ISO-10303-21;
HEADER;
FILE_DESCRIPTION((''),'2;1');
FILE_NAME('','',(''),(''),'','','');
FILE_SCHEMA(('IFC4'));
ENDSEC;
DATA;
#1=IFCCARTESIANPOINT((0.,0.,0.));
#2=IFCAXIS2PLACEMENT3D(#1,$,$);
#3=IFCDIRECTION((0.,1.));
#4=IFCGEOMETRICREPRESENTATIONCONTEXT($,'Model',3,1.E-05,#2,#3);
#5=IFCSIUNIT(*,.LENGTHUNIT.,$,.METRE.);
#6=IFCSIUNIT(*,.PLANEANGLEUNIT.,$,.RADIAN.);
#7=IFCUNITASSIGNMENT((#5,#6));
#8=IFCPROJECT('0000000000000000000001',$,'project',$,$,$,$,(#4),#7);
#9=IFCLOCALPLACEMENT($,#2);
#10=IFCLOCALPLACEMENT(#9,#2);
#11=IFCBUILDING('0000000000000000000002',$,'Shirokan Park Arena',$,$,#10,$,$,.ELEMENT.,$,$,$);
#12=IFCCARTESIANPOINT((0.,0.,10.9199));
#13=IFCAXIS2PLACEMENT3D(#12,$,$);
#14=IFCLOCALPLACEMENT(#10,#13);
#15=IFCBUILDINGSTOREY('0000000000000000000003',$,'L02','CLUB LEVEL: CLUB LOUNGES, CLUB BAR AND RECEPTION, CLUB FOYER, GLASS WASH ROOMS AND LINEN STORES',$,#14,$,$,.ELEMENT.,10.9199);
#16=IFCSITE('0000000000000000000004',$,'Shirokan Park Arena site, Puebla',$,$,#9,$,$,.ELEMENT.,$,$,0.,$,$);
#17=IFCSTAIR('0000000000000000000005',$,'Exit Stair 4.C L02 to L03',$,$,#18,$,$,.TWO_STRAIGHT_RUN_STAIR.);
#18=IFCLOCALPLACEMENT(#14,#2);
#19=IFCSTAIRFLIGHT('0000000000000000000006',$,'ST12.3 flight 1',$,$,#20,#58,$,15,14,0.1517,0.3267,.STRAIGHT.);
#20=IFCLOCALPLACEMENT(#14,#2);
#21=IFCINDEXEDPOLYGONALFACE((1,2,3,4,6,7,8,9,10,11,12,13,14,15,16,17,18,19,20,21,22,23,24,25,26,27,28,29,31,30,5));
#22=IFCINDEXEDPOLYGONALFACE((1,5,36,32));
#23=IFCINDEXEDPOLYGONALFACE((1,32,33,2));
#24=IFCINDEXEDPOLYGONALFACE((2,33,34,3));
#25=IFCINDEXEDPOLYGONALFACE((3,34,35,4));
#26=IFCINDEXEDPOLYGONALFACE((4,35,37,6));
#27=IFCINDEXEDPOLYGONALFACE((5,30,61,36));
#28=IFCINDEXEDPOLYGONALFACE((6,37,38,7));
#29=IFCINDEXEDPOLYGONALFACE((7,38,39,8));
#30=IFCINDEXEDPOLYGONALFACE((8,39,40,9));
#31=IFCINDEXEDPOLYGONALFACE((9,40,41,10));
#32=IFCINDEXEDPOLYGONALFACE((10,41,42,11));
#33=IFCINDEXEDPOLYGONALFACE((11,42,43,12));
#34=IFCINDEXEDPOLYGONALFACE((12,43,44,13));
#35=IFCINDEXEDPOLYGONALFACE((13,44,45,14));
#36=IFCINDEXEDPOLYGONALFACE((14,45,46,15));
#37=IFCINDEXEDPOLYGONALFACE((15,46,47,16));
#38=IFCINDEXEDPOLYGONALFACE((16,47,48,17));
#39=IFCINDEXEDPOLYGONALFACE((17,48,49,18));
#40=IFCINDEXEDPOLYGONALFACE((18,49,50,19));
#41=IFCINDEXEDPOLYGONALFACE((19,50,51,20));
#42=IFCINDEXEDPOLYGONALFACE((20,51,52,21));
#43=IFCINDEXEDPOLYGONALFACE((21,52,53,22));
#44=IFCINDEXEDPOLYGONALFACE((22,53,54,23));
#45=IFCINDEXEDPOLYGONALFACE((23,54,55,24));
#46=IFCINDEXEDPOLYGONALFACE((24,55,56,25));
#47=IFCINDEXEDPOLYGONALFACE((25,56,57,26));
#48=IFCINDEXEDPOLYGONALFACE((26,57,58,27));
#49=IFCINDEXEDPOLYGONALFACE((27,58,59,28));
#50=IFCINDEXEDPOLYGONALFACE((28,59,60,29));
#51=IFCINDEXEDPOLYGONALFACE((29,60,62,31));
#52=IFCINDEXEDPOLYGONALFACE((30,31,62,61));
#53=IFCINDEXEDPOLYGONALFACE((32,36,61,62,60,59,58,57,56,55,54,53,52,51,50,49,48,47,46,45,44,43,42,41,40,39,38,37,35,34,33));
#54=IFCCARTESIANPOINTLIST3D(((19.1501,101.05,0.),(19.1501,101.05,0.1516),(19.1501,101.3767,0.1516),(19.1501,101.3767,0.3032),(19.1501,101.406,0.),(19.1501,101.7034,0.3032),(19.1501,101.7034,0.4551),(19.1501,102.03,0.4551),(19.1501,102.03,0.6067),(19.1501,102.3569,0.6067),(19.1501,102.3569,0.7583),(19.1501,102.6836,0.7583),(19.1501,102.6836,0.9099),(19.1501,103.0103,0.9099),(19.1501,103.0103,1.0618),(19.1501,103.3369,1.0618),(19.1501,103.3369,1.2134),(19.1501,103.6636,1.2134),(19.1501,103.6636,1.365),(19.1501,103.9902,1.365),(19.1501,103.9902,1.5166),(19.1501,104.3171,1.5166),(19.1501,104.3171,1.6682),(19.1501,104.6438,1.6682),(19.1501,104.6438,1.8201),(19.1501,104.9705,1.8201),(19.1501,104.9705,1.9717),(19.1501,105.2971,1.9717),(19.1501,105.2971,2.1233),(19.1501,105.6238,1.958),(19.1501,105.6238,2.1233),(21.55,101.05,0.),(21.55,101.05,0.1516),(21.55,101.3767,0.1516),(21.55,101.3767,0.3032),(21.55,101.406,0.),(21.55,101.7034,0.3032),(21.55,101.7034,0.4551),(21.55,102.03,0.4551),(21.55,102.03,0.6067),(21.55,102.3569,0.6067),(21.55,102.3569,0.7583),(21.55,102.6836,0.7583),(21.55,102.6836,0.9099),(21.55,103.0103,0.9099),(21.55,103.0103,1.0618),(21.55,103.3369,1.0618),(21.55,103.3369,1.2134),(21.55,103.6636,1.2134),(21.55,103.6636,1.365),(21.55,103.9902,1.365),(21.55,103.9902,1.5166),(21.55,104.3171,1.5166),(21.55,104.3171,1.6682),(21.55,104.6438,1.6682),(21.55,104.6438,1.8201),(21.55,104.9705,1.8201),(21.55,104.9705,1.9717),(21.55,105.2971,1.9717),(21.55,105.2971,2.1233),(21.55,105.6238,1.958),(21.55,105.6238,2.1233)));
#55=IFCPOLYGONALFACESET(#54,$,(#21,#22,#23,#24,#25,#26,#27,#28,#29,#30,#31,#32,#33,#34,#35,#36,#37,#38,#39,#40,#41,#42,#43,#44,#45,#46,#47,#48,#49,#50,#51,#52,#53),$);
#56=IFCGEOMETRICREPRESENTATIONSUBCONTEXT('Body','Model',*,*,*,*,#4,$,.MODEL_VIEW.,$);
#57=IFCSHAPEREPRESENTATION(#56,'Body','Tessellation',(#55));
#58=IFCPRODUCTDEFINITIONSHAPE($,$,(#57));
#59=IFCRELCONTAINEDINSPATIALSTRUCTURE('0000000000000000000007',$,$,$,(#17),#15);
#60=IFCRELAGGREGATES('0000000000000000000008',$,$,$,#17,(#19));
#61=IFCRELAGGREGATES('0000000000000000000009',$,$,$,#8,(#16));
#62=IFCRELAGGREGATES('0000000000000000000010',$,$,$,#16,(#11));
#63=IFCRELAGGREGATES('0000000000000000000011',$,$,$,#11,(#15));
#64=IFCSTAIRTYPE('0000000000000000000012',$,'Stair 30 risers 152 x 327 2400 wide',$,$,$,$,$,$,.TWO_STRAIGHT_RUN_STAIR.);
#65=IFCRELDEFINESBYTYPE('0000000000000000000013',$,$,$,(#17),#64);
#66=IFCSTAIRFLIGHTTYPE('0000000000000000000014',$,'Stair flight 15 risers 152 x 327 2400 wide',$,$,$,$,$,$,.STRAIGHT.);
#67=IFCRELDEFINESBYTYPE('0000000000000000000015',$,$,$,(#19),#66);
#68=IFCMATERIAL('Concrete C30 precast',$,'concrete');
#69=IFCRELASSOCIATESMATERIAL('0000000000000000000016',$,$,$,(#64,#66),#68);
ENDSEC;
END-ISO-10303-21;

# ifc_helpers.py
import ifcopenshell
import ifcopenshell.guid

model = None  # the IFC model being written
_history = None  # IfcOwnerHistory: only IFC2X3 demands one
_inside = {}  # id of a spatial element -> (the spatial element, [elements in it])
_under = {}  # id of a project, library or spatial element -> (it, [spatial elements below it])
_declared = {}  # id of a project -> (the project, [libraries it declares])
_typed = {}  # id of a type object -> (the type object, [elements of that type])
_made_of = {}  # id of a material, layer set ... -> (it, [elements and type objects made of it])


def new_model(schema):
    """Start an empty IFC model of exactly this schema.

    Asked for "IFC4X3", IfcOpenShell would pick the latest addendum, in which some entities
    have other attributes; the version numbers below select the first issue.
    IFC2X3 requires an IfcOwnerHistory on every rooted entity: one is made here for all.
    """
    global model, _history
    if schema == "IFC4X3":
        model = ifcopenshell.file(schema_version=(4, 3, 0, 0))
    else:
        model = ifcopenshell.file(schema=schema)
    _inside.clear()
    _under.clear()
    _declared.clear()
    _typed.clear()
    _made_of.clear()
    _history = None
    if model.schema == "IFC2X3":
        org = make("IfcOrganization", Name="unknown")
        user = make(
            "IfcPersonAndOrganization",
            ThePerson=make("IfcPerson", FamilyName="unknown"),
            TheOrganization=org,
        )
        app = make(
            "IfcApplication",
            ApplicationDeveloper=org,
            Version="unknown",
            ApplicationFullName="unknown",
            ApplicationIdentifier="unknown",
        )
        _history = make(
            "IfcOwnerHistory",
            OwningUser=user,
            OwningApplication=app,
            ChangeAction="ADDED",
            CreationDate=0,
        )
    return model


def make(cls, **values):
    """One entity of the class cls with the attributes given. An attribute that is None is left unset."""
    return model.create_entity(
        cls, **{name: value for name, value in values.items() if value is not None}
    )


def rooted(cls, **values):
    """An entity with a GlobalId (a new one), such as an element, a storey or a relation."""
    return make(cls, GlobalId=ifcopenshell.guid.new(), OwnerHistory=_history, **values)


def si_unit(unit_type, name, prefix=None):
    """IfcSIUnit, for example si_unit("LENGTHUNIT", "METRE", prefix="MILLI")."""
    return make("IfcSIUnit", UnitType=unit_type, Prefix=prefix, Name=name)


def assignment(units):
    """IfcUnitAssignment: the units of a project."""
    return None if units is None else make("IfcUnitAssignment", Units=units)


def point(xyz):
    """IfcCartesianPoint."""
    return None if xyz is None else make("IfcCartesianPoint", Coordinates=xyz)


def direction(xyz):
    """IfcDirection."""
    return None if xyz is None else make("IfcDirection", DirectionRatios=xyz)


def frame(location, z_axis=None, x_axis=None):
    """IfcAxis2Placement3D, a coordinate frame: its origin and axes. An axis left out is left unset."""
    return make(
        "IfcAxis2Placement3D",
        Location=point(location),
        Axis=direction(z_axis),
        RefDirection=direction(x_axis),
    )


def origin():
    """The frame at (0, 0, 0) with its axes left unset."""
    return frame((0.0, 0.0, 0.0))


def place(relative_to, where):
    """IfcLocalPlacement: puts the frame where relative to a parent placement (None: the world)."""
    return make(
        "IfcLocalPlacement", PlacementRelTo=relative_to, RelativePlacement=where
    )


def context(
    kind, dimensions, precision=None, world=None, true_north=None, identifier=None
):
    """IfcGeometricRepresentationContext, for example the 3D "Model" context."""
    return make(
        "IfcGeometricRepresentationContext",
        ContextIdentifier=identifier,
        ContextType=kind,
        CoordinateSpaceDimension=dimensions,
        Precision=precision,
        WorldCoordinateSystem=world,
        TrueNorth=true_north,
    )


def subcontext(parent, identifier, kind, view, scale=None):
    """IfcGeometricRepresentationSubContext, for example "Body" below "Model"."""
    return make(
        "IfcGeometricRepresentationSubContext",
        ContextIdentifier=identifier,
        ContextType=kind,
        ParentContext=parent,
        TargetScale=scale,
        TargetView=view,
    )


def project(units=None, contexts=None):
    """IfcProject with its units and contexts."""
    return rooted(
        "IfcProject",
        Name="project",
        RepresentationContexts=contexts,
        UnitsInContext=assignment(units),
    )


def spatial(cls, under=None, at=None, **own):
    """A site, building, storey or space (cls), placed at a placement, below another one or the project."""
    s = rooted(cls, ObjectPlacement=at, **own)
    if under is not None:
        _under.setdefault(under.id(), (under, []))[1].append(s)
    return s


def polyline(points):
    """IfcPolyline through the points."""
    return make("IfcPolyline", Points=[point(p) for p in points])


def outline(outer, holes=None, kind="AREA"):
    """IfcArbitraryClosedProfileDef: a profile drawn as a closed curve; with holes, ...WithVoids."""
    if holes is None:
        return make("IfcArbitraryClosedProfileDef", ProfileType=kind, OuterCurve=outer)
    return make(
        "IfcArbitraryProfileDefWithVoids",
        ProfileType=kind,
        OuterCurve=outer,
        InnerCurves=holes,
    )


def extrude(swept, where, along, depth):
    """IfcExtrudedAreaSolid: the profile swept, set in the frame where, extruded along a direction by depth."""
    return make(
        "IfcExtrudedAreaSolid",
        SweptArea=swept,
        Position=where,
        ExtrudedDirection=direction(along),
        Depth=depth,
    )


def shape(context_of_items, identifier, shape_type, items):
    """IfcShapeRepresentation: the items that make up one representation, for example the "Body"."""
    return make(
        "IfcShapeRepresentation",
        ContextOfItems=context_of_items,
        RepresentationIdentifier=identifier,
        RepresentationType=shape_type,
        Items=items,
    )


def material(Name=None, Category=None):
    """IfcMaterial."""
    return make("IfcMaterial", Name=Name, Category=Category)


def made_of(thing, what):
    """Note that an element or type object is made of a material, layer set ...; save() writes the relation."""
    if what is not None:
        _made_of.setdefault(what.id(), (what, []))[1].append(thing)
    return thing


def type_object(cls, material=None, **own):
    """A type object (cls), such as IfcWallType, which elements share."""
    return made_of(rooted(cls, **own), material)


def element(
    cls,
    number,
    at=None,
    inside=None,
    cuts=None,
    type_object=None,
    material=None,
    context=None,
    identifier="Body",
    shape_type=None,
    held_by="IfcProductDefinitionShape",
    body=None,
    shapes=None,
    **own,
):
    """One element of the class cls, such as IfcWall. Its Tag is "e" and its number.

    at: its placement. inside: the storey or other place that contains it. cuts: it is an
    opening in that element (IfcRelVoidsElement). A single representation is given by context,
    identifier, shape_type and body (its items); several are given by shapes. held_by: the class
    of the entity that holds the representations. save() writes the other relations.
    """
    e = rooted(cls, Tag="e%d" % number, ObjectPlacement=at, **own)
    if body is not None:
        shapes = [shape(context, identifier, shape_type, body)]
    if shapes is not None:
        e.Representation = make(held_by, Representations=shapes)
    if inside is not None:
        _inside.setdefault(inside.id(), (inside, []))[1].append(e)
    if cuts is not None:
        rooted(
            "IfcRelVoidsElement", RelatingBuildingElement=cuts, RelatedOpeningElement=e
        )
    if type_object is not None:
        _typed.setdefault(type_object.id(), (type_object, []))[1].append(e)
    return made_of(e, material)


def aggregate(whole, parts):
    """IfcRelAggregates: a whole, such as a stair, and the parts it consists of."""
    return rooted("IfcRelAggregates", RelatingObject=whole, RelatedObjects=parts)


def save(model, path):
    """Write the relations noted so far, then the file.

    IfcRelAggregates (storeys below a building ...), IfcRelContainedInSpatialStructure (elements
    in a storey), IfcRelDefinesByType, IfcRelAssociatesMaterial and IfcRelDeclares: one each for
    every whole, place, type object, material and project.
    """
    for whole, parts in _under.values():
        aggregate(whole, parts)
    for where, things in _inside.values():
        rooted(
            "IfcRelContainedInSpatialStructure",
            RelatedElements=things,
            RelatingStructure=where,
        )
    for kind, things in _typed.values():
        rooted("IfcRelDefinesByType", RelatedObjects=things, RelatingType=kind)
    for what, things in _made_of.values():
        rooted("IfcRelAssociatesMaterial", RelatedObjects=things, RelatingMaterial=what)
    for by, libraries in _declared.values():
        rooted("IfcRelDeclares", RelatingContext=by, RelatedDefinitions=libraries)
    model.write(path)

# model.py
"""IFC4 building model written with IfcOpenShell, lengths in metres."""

from ifc_helpers import new_model, si_unit, direction, frame, origin, place, context, subcontext, project, spatial, polyline, outline, extrude, material, type_object, element, aggregate, save


model = new_model("IFC4")

# Units and contexts
model_context = context("Model", 3, precision=1e-05, world=origin(), true_north=direction((0.0, 1.0)))
body_context = subcontext(model_context, "Body", "Model", "MODEL_VIEW")
ifc_project = project(units=[si_unit("LENGTHUNIT", "METRE"), si_unit("PLANEANGLEUNIT", "RADIAN")], contexts=[model_context])

# Site, building, storey
site_placement = place(None, origin())
site = spatial("IfcSite", under=ifc_project, at=site_placement, Name="Shirokan Park Arena site, Puebla", CompositionType="ELEMENT", RefElevation=0.0)
building_placement = place(site_placement, origin())
building = spatial("IfcBuilding", under=site, at=building_placement, Name="Shirokan Park Arena", CompositionType="ELEMENT")
storey_placement = place(building_placement, frame((0.0, 0.0, 10.9199)))
storey = spatial("IfcBuildingStorey", under=building, at=storey_placement, Name="L02", Description="CLUB LEVEL: CLUB LOUNGES, CLUB BAR AND RECEPTION, CLUB FOYER, GLASS WASH ROOMS AND LINEN STORES", CompositionType="ELEMENT", Elevation=10.9199)

# Shared definitions
ifc_material_1 = material(Name="Concrete C30 precast", Category="concrete")
stair_type = type_object("IfcStairType", Name="Stair 30 risers 152 x 327 2400 wide", PredefinedType="TWO_STRAIGHT_RUN_STAIR", material=ifc_material_1)
stair_flight_type = type_object("IfcStairFlightType", Name="Stair flight 15 risers 152 x 327 2400 wide", PredefinedType="STRAIGHT", material=ifc_material_1)

# Stair, stair flight
stair_1_placement = place(storey_placement, origin())
stair_1 = element("IfcStair", 1, at=stair_1_placement, inside=storey, type_object=stair_type, Name="Exit Stair 4.C L02 to L03", PredefinedType="TWO_STRAIGHT_RUN_STAIR")
stair_flight_1_placement = place(storey_placement, frame((20.3501, 101.05, 0.0), z_axis=(0.0, 0.0, 1.0), x_axis=(0.0, 1.0, 0.0)))
stair_flight_1 = element("IfcStairFlight", 2, at=stair_flight_1_placement, type_object=stair_flight_type, Name="ST12.3 flight 1", NumberOfRisers=15, NumberOfTreads=14, PredefinedType="STRAIGHT", RiserHeight=0.1517, TreadLength=0.3267, context=body_context, shape_type="SweptSolid", body=[
    extrude(outline(polyline([(0.0, 0.0), (0.0, 0.1516), (0.3267, 0.1516), (0.3267, 0.3032), (0.6533, 0.3032), (0.6533, 0.4551), (0.98, 0.4551), (0.98, 0.6067), (1.3069, 0.6067), (1.3069, 0.7583), (1.6335, 0.7583), (1.6335, 0.9099), (1.9602, 0.9099), (1.9602, 1.0618), (2.2869, 1.0618), (2.2869, 1.2134), (2.6135, 1.2134), (2.6135, 1.365), (2.9402, 1.365), (2.9402, 1.5166), (3.2671, 1.5166), (3.2671, 1.6682), (3.5938, 1.6682), (3.5938, 1.8201), (3.9204, 1.8201), (3.9204, 1.9717), (4.2471, 1.9717), (4.2471, 2.1233), (4.5737, 2.1233), (4.5737, 2.2749), (4.5737, 1.958), (0.356, 0.0), (0.0, 0.0)])), frame((0.0, 1.2, 0.0), z_axis=(0.0, -1.0, 0.0), x_axis=(1.0, 0.0, 0.0)), (0.0, 0.0, 1.0), 2.3999),
])
aggregate(stair_1, [stair_flight_1])

save(model, "model.ifc")
